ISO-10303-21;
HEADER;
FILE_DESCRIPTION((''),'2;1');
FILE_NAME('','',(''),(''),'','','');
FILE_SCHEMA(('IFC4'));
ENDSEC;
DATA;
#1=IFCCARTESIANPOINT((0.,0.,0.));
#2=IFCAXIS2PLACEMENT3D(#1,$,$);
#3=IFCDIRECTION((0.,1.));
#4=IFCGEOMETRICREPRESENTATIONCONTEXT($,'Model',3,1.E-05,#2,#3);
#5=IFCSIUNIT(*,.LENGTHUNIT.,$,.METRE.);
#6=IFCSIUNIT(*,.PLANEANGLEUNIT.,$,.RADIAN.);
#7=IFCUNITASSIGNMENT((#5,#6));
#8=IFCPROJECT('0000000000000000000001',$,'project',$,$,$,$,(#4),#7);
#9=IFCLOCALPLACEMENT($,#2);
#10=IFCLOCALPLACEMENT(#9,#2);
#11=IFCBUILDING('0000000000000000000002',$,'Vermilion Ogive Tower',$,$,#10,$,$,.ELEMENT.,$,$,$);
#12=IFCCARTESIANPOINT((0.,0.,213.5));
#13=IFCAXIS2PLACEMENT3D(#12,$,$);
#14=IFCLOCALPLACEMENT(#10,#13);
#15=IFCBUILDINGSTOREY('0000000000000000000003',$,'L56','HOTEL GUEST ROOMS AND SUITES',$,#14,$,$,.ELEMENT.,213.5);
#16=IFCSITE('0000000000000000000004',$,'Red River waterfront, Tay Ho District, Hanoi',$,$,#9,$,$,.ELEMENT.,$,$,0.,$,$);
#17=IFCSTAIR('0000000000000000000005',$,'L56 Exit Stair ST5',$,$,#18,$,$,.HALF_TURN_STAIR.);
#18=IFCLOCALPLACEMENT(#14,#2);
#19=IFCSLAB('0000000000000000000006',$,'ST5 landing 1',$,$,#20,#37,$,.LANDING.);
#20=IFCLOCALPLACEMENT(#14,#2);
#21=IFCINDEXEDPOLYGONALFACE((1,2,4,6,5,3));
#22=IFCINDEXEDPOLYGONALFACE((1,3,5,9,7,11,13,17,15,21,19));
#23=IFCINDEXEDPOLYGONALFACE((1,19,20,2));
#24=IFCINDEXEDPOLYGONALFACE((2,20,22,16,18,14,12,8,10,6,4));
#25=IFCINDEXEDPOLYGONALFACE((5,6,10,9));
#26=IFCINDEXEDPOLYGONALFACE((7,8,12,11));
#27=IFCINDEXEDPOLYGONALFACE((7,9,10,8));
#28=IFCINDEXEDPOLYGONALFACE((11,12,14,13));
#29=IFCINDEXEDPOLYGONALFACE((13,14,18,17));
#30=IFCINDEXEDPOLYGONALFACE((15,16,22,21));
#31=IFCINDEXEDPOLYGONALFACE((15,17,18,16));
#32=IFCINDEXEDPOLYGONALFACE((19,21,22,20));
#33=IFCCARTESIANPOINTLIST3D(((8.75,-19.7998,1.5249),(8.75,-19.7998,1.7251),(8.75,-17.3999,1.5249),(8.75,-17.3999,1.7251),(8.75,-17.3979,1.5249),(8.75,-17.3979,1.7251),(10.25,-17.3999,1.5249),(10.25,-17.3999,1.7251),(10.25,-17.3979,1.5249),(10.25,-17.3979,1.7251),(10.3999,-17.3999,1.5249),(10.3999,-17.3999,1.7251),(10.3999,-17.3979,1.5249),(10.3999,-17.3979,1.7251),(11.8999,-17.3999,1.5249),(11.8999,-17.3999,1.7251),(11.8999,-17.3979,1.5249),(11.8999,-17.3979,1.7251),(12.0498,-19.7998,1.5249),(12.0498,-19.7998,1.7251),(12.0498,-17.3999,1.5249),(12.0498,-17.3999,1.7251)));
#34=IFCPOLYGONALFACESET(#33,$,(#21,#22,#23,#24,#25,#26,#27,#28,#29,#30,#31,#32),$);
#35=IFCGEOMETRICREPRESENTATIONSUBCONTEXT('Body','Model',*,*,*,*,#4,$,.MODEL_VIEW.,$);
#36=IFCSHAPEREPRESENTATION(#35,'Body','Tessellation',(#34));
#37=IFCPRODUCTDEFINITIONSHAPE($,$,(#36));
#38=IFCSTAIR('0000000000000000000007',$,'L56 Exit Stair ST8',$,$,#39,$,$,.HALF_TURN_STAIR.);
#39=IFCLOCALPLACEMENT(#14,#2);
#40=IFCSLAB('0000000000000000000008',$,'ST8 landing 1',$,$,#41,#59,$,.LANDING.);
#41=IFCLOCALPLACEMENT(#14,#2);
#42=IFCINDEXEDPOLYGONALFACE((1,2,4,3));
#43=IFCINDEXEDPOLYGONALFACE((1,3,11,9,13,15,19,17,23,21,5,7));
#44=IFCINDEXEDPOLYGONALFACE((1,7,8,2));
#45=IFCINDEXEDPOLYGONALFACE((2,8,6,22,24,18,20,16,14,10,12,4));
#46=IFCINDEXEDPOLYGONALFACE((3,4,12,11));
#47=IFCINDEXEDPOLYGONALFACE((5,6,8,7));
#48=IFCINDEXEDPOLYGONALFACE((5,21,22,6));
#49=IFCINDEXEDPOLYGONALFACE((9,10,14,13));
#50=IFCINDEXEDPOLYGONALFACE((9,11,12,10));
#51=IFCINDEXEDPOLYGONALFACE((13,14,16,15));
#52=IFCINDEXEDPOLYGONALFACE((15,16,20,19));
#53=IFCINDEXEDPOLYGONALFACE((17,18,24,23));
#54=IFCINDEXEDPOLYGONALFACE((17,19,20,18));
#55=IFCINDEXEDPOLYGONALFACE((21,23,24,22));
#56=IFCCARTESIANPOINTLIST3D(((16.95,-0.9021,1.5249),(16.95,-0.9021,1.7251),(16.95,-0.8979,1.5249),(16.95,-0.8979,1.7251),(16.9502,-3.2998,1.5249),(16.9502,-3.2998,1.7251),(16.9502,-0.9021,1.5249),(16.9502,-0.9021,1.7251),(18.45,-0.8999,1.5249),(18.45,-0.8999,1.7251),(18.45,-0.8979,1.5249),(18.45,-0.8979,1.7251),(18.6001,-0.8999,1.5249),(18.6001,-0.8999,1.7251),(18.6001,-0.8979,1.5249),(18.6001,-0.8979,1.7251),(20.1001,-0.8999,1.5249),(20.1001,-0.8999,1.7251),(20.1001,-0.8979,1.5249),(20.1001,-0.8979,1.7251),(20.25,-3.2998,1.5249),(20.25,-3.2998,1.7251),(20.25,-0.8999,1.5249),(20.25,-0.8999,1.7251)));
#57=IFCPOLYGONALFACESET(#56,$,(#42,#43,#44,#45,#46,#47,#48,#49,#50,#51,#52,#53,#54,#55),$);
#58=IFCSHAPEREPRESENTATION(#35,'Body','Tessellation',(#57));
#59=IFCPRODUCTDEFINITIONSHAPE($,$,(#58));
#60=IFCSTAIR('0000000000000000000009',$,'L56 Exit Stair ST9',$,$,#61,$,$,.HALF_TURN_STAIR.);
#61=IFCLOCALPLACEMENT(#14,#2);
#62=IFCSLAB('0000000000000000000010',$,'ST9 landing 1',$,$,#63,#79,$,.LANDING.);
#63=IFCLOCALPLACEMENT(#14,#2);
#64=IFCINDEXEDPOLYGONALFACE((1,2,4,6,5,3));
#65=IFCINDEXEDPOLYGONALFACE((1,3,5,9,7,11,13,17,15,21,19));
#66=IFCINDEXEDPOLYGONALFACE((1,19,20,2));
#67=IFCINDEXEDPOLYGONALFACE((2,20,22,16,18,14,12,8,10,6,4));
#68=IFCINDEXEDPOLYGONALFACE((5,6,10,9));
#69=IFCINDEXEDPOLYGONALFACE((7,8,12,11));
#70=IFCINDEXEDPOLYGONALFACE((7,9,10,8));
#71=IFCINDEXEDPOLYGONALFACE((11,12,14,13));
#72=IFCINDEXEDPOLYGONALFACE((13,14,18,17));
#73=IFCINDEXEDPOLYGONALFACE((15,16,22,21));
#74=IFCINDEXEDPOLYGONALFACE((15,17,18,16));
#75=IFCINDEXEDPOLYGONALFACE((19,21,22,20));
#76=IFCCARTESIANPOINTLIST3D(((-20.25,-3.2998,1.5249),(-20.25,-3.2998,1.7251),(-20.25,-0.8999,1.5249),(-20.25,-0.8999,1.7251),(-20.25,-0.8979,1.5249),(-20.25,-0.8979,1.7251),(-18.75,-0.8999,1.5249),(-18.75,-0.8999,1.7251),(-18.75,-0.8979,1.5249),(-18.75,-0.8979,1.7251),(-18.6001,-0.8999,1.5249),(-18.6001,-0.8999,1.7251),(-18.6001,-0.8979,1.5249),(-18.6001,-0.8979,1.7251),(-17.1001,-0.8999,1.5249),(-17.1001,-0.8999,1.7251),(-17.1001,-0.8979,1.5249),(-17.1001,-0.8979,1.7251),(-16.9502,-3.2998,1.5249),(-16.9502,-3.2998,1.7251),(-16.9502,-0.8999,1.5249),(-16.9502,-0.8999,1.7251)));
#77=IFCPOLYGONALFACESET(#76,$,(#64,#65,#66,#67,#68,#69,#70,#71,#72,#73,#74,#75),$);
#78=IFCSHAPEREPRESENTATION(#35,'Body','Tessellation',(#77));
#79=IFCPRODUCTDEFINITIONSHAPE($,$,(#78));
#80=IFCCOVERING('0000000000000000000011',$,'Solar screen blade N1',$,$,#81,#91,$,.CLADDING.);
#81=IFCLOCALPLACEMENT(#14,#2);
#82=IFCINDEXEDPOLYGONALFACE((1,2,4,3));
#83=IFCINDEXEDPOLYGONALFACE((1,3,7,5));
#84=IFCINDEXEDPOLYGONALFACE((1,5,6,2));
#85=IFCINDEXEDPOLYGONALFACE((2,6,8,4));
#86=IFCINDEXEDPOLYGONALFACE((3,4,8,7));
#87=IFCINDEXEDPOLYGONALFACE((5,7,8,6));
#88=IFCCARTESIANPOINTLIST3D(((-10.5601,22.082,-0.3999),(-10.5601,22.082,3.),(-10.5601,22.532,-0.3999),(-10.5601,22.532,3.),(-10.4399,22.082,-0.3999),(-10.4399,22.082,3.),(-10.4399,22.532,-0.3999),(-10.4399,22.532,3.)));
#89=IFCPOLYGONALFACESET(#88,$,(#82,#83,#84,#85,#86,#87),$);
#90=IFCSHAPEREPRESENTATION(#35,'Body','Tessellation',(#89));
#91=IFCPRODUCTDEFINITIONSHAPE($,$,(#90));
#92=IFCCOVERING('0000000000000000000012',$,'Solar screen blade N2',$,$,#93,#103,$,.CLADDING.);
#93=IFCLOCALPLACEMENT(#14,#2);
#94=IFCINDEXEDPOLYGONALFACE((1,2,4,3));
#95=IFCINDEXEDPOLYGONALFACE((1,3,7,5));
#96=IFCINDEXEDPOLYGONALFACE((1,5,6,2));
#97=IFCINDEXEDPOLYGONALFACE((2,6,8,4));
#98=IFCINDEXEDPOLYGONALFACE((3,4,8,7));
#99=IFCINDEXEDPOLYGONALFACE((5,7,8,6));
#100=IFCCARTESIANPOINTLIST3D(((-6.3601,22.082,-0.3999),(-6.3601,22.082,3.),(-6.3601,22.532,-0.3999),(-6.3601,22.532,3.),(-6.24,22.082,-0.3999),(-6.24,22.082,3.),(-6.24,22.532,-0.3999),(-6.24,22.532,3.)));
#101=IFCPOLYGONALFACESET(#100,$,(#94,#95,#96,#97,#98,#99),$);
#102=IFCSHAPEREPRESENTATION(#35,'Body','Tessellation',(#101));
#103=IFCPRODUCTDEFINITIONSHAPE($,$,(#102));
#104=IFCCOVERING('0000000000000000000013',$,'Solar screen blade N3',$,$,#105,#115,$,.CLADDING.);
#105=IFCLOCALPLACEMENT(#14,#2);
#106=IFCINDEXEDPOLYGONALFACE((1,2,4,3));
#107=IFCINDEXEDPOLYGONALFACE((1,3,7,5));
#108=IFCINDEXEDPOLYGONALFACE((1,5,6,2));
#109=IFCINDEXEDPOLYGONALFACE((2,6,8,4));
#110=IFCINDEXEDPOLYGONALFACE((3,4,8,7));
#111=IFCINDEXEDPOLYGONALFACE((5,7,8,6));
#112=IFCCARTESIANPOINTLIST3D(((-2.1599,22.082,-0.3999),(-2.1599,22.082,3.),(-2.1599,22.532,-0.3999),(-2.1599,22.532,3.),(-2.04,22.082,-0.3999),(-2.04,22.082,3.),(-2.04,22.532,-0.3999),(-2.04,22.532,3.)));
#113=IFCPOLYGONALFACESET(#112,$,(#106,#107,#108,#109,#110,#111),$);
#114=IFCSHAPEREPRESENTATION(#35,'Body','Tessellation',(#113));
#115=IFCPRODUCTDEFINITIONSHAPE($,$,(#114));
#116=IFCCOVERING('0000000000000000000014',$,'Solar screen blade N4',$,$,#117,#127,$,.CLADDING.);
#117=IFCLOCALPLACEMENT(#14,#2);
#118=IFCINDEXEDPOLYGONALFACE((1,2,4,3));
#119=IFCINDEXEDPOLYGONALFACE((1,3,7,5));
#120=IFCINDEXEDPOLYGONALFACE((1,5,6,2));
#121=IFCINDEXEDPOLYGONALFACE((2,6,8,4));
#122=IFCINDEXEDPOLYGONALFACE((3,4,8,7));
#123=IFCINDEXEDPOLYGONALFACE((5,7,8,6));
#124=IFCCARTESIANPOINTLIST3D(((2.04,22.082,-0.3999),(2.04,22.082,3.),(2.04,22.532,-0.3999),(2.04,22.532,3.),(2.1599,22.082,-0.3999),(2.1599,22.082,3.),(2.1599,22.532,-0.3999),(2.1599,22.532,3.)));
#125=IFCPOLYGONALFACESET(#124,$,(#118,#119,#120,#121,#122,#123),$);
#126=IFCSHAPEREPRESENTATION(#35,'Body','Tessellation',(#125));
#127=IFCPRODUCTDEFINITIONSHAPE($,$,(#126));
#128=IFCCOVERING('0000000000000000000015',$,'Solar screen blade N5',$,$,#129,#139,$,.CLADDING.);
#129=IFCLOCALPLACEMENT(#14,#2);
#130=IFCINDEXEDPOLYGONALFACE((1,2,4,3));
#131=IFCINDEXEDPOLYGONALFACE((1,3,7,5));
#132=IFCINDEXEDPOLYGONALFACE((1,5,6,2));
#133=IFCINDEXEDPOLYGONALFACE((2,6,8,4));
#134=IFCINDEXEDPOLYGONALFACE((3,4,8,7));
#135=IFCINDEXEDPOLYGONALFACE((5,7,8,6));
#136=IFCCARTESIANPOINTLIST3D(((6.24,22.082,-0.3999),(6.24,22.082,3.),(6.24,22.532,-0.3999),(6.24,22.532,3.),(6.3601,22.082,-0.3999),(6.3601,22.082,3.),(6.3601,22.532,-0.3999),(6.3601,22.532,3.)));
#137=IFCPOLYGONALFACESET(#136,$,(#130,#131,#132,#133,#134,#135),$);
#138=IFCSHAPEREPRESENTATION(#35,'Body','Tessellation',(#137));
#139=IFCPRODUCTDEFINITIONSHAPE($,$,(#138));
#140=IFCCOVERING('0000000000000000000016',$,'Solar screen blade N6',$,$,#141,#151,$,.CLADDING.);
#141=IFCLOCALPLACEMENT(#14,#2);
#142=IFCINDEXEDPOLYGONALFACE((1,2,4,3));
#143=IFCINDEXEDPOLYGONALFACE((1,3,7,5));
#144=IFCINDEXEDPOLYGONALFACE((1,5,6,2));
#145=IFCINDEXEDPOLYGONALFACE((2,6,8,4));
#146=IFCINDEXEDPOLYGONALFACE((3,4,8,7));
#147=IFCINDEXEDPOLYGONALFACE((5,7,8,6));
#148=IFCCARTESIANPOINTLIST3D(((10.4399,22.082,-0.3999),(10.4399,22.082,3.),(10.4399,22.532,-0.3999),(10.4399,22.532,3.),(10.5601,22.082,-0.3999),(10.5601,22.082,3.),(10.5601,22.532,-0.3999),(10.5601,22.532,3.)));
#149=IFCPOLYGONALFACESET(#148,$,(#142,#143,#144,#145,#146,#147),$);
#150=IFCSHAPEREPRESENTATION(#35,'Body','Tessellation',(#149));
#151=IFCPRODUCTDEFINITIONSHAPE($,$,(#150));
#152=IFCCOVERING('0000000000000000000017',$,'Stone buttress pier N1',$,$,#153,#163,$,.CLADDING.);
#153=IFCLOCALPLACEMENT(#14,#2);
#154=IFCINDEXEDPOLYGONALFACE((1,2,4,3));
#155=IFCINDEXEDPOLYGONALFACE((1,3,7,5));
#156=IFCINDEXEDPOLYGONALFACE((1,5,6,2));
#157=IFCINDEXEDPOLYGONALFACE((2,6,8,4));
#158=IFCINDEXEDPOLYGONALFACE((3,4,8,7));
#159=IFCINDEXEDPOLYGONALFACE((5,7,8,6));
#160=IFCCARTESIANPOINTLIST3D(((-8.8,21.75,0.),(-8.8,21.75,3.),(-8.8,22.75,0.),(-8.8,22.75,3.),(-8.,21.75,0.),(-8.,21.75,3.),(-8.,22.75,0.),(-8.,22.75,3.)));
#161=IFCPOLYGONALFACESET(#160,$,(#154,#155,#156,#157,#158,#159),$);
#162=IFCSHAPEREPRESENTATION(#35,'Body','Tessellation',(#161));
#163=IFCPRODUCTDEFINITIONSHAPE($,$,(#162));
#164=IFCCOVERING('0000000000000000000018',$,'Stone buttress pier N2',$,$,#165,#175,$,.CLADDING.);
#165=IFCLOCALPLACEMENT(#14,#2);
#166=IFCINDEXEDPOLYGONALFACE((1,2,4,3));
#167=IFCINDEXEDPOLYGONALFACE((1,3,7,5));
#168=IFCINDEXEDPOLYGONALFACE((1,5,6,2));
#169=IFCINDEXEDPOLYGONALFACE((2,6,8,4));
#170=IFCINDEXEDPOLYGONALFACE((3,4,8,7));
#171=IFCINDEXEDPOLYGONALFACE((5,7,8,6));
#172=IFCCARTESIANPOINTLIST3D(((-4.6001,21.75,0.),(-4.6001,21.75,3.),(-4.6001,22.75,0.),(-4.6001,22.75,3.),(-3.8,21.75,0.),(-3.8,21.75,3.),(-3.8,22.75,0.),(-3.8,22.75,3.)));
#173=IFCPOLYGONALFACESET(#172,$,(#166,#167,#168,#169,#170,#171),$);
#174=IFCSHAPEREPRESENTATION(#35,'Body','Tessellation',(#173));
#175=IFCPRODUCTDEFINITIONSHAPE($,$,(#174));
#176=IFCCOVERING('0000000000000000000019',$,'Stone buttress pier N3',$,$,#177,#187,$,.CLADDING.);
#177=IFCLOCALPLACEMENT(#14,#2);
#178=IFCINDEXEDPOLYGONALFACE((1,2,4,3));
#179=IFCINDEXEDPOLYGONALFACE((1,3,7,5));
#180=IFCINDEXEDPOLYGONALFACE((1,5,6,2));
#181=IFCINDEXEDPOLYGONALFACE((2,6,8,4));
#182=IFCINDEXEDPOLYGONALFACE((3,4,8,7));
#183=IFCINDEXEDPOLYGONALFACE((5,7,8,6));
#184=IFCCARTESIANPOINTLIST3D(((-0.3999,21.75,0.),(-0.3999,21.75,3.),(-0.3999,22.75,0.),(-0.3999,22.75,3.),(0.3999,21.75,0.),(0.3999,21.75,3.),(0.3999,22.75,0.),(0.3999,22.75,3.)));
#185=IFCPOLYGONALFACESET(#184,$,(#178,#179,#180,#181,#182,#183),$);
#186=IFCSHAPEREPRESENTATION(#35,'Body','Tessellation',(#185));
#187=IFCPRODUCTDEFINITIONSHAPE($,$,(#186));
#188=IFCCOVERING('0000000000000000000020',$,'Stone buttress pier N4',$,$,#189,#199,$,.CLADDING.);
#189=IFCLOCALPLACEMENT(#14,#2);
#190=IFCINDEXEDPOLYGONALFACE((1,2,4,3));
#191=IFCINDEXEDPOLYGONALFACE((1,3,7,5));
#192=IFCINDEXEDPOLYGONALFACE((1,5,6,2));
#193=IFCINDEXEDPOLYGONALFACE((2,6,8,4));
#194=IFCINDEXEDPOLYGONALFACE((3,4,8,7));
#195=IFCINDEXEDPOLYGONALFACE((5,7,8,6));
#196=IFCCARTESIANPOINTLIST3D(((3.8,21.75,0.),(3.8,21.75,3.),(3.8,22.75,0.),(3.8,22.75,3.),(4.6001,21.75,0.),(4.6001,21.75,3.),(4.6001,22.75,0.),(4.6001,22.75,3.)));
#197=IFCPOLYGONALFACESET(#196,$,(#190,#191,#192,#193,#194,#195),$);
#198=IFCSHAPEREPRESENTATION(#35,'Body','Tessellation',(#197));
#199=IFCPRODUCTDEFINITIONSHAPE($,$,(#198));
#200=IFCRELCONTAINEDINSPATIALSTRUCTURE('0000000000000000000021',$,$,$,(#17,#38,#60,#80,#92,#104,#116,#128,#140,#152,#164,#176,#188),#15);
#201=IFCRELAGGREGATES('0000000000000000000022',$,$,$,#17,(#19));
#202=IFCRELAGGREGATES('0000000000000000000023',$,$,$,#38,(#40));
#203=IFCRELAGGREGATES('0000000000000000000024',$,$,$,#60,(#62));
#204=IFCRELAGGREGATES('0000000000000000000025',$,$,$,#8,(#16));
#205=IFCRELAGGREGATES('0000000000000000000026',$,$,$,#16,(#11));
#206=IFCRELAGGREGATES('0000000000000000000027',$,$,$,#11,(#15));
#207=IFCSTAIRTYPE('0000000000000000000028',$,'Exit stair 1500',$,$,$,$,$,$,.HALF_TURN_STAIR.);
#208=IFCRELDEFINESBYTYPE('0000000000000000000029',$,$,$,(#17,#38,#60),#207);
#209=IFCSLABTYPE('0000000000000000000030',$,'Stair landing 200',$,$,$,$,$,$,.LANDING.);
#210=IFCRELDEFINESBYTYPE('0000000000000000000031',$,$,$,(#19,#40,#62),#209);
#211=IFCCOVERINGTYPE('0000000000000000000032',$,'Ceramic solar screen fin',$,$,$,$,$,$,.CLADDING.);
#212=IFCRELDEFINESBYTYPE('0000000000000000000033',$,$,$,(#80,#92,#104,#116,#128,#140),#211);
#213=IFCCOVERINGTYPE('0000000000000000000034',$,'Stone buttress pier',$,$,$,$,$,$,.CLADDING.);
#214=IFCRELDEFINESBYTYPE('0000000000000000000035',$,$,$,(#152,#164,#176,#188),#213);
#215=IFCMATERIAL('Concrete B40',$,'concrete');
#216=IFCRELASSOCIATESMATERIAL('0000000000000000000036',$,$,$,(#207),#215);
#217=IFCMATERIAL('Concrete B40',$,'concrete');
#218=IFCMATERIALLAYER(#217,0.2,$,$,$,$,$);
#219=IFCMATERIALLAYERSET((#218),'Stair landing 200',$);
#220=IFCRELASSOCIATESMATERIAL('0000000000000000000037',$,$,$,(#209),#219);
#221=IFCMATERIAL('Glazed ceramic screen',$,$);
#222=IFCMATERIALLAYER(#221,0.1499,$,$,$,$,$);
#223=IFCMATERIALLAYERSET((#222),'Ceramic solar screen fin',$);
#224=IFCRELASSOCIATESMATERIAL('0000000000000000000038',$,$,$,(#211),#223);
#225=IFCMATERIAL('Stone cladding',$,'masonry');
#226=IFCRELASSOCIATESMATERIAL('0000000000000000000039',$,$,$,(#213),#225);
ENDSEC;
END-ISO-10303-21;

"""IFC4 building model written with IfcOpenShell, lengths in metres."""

from ifc_helpers import new_model, si_unit, direction, frame, origin, place, context, subcontext, project, spatial, polyline, outline, extrude, material, layer, layer_set, type_object, element, aggregate, save


model = new_model("IFC4")

# Units and contexts
model_context = context("Model", 3, precision=1e-05, world=origin(), true_north=direction((0.0, 1.0)))
body_context = subcontext(model_context, "Body", "Model", "MODEL_VIEW")
ifc_project = project(units=[si_unit("LENGTHUNIT", "METRE"), si_unit("PLANEANGLEUNIT", "RADIAN")], contexts=[model_context])

# Site, building, storey
site_placement = place(None, origin())
site = spatial("IfcSite", under=ifc_project, at=site_placement, Name="Red River waterfront, Tay Ho District, Hanoi", CompositionType="ELEMENT", RefElevation=0.0)
building_placement = place(site_placement, origin())
building = spatial("IfcBuilding", under=site, at=building_placement, Name="Vermilion Ogive Tower", CompositionType="ELEMENT")
storey_placement = place(building_placement, frame((0.0, 0.0, 213.5)))
storey = spatial("IfcBuildingStorey", under=building, at=storey_placement, Name="L56", Description="HOTEL GUEST ROOMS AND SUITES", CompositionType="ELEMENT", Elevation=213.5)

# Stairs, slabs
ifc_material_1 = material(Name="Concrete B40", Category="concrete")
stair_type = type_object("IfcStairType", Name="Exit stair 1500", PredefinedType="HALF_TURN_STAIR", material=ifc_material_1)
ifc_material_2 = material(Name="Concrete B40", Category="concrete")
ifc_layer_1 = layer(ifc_material_2, 0.2)
ifc_layer_set_1 = layer_set([ifc_layer_1], Name="Stair landing 200")
slab_type_1 = type_object("IfcSlabType", Name="Stair landing 200", PredefinedType="LANDING", material=ifc_layer_set_1)
stair_1_placement = place(storey_placement, origin())
stair_1 = element("IfcStair", 1, at=stair_1_placement, inside=storey, type_object=stair_type, Name="L56 Exit Stair ST5", PredefinedType="HALF_TURN_STAIR")
slab_1_placement = place(storey_placement, frame((0.0, 0.0, 1.5249)))
slab_1 = element("IfcSlab", 2, at=slab_1_placement, type_object=slab_type_1, Name="ST5 landing 1", PredefinedType="LANDING", context=body_context, shape_type="SweptSolid", body=[
    extrude(outline(polyline([(12.0498, -17.3999), (11.8999, -17.3999), (11.8999, -17.3979), (10.3999, -17.3979), (10.3999, -17.3999), (10.25, -17.3999), (10.25, -17.3979), (8.75, -17.3979), (8.75, -17.3999), (8.75, -17.3999), (8.75, -19.7998), (12.0498, -19.7998), (12.0498, -17.3999)])), origin(), (0.0, 0.0, 1.0), 0.2002),
])
aggregate(stair_1, [slab_1])
stair_2_placement = place(storey_placement, origin())
stair_2 = element("IfcStair", 3, at=stair_2_placement, inside=storey, type_object=stair_type, Name="L56 Exit Stair ST8", PredefinedType="HALF_TURN_STAIR")
slab_2_placement = place(storey_placement, frame((0.0, 0.0, 1.5249)))
slab_2 = element("IfcSlab", 4, at=slab_2_placement, type_object=slab_type_1, Name="ST8 landing 1", PredefinedType="LANDING", context=body_context, shape_type="SweptSolid", body=[
    extrude(outline(polyline([(20.25, -0.8999), (20.1001, -0.8999), (20.1001, -0.8979), (18.6001, -0.8979), (18.6001, -0.8999), (18.45, -0.8999), (18.45, -0.8979), (16.95, -0.8979), (16.95, -0.9021), (16.9502, -0.9021), (16.9502, -3.2998), (20.25, -3.2998), (20.25, -0.8999)])), origin(), (0.0, 0.0, 1.0), 0.2002),
])
aggregate(stair_2, [slab_2])
stair_3_placement = place(storey_placement, origin())
stair_3 = element("IfcStair", 5, at=stair_3_placement, inside=storey, type_object=stair_type, Name="L56 Exit Stair ST9", PredefinedType="HALF_TURN_STAIR")
slab_3_placement = place(storey_placement, frame((0.0, 0.0, 1.5249)))
slab_3 = element("IfcSlab", 6, at=slab_3_placement, type_object=slab_type_1, Name="ST9 landing 1", PredefinedType="LANDING", context=body_context, shape_type="SweptSolid", body=[
    extrude(outline(polyline([(-16.9502, -0.8999), (-17.1001, -0.8999), (-17.1001, -0.8979), (-18.6001, -0.8979), (-18.6001, -0.8999), (-18.75, -0.8999), (-18.75, -0.8979), (-20.25, -0.8979), (-20.25, -0.8999), (-20.25, -0.8999), (-20.25, -3.2998), (-16.9502, -3.2998), (-16.9502, -0.8999)])), origin(), (0.0, 0.0, 1.0), 0.2002),
])
aggregate(stair_3, [slab_3])

# Coverings
ifc_material_3 = material(Name="Glazed ceramic screen")
ifc_layer_2 = layer(ifc_material_3, 0.1499)
ifc_layer_set_2 = layer_set([ifc_layer_2], Name="Ceramic solar screen fin")
covering_type_1 = type_object("IfcCoveringType", Name="Ceramic solar screen fin", PredefinedType="CLADDING", material=ifc_layer_set_2)
covering_1_placement = place(storey_placement, frame((0.0, 0.0, -0.3999)))
element("IfcCovering", 7, at=covering_1_placement, inside=storey, type_object=covering_type_1, Name="Solar screen blade N1", PredefinedType="CLADDING", context=body_context, shape_type="SweptSolid", body=[
    extrude(outline(polyline([(-10.5601, 22.082), (-10.4399, 22.082), (-10.4399, 22.532), (-10.5601, 22.532), (-10.5601, 22.082)])), origin(), (0.0, 0.0, 1.0), 3.3999),
])
covering_2_placement = place(storey_placement, frame((0.0, 0.0, -0.3999)))
element("IfcCovering", 8, at=covering_2_placement, inside=storey, type_object=covering_type_1, Name="Solar screen blade N2", PredefinedType="CLADDING", context=body_context, shape_type="SweptSolid", body=[
    extrude(outline(polyline([(-6.3601, 22.082), (-6.24, 22.082), (-6.24, 22.532), (-6.3601, 22.532), (-6.3601, 22.082)])), origin(), (0.0, 0.0, 1.0), 3.3999),
])
covering_3_placement = place(storey_placement, frame((0.0, 0.0, -0.3999)))
element("IfcCovering", 9, at=covering_3_placement, inside=storey, type_object=covering_type_1, Name="Solar screen blade N3", PredefinedType="CLADDING", context=body_context, shape_type="SweptSolid", body=[
    extrude(outline(polyline([(-2.1599, 22.082), (-2.04, 22.082), (-2.04, 22.532), (-2.1599, 22.532), (-2.1599, 22.082)])), origin(), (0.0, 0.0, 1.0), 3.3999),
])
covering_4_placement = place(storey_placement, frame((0.0, 0.0, -0.3999)))
element("IfcCovering", 10, at=covering_4_placement, inside=storey, type_object=covering_type_1, Name="Solar screen blade N4", PredefinedType="CLADDING", context=body_context, shape_type="SweptSolid", body=[
    extrude(outline(polyline([(2.04, 22.082), (2.1599, 22.082), (2.1599, 22.532), (2.04, 22.532), (2.04, 22.082)])), origin(), (0.0, 0.0, 1.0), 3.3999),
])
covering_5_placement = place(storey_placement, frame((0.0, 0.0, -0.3999)))
element("IfcCovering", 11, at=covering_5_placement, inside=storey, type_object=covering_type_1, Name="Solar screen blade N5", PredefinedType="CLADDING", context=body_context, shape_type="SweptSolid", body=[
    extrude(outline(polyline([(6.24, 22.082), (6.3601, 22.082), (6.3601, 22.532), (6.24, 22.532), (6.24, 22.082)])), origin(), (0.0, 0.0, 1.0), 3.3999),
])
covering_6_placement = place(storey_placement, frame((0.0, 0.0, -0.3999)))
element("IfcCovering", 12, at=covering_6_placement, inside=storey, type_object=covering_type_1, Name="Solar screen blade N6", PredefinedType="CLADDING", context=body_context, shape_type="SweptSolid", body=[
    extrude(outline(polyline([(10.4399, 22.082), (10.5601, 22.082), (10.5601, 22.532), (10.4399, 22.532), (10.4399, 22.082)])), origin(), (0.0, 0.0, 1.0), 3.3999),
])
ifc_material_4 = material(Name="Stone cladding", Category="masonry")
covering_type_2 = type_object("IfcCoveringType", Name="Stone buttress pier", PredefinedType="CLADDING", material=ifc_material_4)
covering_7_placement = place(storey_placement, origin())
element("IfcCovering", 13, at=covering_7_placement, inside=storey, type_object=covering_type_2, Name="Stone buttress pier N1", PredefinedType="CLADDING", context=body_context, shape_type="SweptSolid", body=[
    extrude(outline(polyline([(-8.8, 21.75), (-8.0, 21.75), (-8.0, 22.75), (-8.8, 22.75), (-8.8, 21.75)])), origin(), (0.0, 0.0, 1.0), 3.0),
])
covering_8_placement = place(storey_placement, origin())
element("IfcCovering", 14, at=covering_8_placement, inside=storey, type_object=covering_type_2, Name="Stone buttress pier N2", PredefinedType="CLADDING", context=body_context, shape_type="SweptSolid", body=[
    extrude(outline(polyline([(-4.6001, 21.75), (-3.8, 21.75), (-3.8, 22.75), (-4.6001, 22.75), (-4.6001, 21.75)])), origin(), (0.0, 0.0, 1.0), 3.0),
])
covering_9_placement = place(storey_placement, origin())
element("IfcCovering", 15, at=covering_9_placement, inside=storey, type_object=covering_type_2, Name="Stone buttress pier N3", PredefinedType="CLADDING", context=body_context, shape_type="SweptSolid", body=[
    extrude(outline(polyline([(-0.3999, 21.75), (0.3999, 21.75), (0.3999, 22.75), (-0.3999, 22.75), (-0.3999, 21.75)])), origin(), (0.0, 0.0, 1.0), 3.0),
])
covering_10_placement = place(storey_placement, origin())
element("IfcCovering", 16, at=covering_10_placement, inside=storey, type_object=covering_type_2, Name="Stone buttress pier N4", PredefinedType="CLADDING", context=body_context, shape_type="SweptSolid", body=[
    extrude(outline(polyline([(3.8, 21.75), (4.6001, 21.75), (4.6001, 22.75), (3.8, 22.75), (3.8, 21.75)])), origin(), (0.0, 0.0, 1.0), 3.0),
])

save(model, "model.ifc")
